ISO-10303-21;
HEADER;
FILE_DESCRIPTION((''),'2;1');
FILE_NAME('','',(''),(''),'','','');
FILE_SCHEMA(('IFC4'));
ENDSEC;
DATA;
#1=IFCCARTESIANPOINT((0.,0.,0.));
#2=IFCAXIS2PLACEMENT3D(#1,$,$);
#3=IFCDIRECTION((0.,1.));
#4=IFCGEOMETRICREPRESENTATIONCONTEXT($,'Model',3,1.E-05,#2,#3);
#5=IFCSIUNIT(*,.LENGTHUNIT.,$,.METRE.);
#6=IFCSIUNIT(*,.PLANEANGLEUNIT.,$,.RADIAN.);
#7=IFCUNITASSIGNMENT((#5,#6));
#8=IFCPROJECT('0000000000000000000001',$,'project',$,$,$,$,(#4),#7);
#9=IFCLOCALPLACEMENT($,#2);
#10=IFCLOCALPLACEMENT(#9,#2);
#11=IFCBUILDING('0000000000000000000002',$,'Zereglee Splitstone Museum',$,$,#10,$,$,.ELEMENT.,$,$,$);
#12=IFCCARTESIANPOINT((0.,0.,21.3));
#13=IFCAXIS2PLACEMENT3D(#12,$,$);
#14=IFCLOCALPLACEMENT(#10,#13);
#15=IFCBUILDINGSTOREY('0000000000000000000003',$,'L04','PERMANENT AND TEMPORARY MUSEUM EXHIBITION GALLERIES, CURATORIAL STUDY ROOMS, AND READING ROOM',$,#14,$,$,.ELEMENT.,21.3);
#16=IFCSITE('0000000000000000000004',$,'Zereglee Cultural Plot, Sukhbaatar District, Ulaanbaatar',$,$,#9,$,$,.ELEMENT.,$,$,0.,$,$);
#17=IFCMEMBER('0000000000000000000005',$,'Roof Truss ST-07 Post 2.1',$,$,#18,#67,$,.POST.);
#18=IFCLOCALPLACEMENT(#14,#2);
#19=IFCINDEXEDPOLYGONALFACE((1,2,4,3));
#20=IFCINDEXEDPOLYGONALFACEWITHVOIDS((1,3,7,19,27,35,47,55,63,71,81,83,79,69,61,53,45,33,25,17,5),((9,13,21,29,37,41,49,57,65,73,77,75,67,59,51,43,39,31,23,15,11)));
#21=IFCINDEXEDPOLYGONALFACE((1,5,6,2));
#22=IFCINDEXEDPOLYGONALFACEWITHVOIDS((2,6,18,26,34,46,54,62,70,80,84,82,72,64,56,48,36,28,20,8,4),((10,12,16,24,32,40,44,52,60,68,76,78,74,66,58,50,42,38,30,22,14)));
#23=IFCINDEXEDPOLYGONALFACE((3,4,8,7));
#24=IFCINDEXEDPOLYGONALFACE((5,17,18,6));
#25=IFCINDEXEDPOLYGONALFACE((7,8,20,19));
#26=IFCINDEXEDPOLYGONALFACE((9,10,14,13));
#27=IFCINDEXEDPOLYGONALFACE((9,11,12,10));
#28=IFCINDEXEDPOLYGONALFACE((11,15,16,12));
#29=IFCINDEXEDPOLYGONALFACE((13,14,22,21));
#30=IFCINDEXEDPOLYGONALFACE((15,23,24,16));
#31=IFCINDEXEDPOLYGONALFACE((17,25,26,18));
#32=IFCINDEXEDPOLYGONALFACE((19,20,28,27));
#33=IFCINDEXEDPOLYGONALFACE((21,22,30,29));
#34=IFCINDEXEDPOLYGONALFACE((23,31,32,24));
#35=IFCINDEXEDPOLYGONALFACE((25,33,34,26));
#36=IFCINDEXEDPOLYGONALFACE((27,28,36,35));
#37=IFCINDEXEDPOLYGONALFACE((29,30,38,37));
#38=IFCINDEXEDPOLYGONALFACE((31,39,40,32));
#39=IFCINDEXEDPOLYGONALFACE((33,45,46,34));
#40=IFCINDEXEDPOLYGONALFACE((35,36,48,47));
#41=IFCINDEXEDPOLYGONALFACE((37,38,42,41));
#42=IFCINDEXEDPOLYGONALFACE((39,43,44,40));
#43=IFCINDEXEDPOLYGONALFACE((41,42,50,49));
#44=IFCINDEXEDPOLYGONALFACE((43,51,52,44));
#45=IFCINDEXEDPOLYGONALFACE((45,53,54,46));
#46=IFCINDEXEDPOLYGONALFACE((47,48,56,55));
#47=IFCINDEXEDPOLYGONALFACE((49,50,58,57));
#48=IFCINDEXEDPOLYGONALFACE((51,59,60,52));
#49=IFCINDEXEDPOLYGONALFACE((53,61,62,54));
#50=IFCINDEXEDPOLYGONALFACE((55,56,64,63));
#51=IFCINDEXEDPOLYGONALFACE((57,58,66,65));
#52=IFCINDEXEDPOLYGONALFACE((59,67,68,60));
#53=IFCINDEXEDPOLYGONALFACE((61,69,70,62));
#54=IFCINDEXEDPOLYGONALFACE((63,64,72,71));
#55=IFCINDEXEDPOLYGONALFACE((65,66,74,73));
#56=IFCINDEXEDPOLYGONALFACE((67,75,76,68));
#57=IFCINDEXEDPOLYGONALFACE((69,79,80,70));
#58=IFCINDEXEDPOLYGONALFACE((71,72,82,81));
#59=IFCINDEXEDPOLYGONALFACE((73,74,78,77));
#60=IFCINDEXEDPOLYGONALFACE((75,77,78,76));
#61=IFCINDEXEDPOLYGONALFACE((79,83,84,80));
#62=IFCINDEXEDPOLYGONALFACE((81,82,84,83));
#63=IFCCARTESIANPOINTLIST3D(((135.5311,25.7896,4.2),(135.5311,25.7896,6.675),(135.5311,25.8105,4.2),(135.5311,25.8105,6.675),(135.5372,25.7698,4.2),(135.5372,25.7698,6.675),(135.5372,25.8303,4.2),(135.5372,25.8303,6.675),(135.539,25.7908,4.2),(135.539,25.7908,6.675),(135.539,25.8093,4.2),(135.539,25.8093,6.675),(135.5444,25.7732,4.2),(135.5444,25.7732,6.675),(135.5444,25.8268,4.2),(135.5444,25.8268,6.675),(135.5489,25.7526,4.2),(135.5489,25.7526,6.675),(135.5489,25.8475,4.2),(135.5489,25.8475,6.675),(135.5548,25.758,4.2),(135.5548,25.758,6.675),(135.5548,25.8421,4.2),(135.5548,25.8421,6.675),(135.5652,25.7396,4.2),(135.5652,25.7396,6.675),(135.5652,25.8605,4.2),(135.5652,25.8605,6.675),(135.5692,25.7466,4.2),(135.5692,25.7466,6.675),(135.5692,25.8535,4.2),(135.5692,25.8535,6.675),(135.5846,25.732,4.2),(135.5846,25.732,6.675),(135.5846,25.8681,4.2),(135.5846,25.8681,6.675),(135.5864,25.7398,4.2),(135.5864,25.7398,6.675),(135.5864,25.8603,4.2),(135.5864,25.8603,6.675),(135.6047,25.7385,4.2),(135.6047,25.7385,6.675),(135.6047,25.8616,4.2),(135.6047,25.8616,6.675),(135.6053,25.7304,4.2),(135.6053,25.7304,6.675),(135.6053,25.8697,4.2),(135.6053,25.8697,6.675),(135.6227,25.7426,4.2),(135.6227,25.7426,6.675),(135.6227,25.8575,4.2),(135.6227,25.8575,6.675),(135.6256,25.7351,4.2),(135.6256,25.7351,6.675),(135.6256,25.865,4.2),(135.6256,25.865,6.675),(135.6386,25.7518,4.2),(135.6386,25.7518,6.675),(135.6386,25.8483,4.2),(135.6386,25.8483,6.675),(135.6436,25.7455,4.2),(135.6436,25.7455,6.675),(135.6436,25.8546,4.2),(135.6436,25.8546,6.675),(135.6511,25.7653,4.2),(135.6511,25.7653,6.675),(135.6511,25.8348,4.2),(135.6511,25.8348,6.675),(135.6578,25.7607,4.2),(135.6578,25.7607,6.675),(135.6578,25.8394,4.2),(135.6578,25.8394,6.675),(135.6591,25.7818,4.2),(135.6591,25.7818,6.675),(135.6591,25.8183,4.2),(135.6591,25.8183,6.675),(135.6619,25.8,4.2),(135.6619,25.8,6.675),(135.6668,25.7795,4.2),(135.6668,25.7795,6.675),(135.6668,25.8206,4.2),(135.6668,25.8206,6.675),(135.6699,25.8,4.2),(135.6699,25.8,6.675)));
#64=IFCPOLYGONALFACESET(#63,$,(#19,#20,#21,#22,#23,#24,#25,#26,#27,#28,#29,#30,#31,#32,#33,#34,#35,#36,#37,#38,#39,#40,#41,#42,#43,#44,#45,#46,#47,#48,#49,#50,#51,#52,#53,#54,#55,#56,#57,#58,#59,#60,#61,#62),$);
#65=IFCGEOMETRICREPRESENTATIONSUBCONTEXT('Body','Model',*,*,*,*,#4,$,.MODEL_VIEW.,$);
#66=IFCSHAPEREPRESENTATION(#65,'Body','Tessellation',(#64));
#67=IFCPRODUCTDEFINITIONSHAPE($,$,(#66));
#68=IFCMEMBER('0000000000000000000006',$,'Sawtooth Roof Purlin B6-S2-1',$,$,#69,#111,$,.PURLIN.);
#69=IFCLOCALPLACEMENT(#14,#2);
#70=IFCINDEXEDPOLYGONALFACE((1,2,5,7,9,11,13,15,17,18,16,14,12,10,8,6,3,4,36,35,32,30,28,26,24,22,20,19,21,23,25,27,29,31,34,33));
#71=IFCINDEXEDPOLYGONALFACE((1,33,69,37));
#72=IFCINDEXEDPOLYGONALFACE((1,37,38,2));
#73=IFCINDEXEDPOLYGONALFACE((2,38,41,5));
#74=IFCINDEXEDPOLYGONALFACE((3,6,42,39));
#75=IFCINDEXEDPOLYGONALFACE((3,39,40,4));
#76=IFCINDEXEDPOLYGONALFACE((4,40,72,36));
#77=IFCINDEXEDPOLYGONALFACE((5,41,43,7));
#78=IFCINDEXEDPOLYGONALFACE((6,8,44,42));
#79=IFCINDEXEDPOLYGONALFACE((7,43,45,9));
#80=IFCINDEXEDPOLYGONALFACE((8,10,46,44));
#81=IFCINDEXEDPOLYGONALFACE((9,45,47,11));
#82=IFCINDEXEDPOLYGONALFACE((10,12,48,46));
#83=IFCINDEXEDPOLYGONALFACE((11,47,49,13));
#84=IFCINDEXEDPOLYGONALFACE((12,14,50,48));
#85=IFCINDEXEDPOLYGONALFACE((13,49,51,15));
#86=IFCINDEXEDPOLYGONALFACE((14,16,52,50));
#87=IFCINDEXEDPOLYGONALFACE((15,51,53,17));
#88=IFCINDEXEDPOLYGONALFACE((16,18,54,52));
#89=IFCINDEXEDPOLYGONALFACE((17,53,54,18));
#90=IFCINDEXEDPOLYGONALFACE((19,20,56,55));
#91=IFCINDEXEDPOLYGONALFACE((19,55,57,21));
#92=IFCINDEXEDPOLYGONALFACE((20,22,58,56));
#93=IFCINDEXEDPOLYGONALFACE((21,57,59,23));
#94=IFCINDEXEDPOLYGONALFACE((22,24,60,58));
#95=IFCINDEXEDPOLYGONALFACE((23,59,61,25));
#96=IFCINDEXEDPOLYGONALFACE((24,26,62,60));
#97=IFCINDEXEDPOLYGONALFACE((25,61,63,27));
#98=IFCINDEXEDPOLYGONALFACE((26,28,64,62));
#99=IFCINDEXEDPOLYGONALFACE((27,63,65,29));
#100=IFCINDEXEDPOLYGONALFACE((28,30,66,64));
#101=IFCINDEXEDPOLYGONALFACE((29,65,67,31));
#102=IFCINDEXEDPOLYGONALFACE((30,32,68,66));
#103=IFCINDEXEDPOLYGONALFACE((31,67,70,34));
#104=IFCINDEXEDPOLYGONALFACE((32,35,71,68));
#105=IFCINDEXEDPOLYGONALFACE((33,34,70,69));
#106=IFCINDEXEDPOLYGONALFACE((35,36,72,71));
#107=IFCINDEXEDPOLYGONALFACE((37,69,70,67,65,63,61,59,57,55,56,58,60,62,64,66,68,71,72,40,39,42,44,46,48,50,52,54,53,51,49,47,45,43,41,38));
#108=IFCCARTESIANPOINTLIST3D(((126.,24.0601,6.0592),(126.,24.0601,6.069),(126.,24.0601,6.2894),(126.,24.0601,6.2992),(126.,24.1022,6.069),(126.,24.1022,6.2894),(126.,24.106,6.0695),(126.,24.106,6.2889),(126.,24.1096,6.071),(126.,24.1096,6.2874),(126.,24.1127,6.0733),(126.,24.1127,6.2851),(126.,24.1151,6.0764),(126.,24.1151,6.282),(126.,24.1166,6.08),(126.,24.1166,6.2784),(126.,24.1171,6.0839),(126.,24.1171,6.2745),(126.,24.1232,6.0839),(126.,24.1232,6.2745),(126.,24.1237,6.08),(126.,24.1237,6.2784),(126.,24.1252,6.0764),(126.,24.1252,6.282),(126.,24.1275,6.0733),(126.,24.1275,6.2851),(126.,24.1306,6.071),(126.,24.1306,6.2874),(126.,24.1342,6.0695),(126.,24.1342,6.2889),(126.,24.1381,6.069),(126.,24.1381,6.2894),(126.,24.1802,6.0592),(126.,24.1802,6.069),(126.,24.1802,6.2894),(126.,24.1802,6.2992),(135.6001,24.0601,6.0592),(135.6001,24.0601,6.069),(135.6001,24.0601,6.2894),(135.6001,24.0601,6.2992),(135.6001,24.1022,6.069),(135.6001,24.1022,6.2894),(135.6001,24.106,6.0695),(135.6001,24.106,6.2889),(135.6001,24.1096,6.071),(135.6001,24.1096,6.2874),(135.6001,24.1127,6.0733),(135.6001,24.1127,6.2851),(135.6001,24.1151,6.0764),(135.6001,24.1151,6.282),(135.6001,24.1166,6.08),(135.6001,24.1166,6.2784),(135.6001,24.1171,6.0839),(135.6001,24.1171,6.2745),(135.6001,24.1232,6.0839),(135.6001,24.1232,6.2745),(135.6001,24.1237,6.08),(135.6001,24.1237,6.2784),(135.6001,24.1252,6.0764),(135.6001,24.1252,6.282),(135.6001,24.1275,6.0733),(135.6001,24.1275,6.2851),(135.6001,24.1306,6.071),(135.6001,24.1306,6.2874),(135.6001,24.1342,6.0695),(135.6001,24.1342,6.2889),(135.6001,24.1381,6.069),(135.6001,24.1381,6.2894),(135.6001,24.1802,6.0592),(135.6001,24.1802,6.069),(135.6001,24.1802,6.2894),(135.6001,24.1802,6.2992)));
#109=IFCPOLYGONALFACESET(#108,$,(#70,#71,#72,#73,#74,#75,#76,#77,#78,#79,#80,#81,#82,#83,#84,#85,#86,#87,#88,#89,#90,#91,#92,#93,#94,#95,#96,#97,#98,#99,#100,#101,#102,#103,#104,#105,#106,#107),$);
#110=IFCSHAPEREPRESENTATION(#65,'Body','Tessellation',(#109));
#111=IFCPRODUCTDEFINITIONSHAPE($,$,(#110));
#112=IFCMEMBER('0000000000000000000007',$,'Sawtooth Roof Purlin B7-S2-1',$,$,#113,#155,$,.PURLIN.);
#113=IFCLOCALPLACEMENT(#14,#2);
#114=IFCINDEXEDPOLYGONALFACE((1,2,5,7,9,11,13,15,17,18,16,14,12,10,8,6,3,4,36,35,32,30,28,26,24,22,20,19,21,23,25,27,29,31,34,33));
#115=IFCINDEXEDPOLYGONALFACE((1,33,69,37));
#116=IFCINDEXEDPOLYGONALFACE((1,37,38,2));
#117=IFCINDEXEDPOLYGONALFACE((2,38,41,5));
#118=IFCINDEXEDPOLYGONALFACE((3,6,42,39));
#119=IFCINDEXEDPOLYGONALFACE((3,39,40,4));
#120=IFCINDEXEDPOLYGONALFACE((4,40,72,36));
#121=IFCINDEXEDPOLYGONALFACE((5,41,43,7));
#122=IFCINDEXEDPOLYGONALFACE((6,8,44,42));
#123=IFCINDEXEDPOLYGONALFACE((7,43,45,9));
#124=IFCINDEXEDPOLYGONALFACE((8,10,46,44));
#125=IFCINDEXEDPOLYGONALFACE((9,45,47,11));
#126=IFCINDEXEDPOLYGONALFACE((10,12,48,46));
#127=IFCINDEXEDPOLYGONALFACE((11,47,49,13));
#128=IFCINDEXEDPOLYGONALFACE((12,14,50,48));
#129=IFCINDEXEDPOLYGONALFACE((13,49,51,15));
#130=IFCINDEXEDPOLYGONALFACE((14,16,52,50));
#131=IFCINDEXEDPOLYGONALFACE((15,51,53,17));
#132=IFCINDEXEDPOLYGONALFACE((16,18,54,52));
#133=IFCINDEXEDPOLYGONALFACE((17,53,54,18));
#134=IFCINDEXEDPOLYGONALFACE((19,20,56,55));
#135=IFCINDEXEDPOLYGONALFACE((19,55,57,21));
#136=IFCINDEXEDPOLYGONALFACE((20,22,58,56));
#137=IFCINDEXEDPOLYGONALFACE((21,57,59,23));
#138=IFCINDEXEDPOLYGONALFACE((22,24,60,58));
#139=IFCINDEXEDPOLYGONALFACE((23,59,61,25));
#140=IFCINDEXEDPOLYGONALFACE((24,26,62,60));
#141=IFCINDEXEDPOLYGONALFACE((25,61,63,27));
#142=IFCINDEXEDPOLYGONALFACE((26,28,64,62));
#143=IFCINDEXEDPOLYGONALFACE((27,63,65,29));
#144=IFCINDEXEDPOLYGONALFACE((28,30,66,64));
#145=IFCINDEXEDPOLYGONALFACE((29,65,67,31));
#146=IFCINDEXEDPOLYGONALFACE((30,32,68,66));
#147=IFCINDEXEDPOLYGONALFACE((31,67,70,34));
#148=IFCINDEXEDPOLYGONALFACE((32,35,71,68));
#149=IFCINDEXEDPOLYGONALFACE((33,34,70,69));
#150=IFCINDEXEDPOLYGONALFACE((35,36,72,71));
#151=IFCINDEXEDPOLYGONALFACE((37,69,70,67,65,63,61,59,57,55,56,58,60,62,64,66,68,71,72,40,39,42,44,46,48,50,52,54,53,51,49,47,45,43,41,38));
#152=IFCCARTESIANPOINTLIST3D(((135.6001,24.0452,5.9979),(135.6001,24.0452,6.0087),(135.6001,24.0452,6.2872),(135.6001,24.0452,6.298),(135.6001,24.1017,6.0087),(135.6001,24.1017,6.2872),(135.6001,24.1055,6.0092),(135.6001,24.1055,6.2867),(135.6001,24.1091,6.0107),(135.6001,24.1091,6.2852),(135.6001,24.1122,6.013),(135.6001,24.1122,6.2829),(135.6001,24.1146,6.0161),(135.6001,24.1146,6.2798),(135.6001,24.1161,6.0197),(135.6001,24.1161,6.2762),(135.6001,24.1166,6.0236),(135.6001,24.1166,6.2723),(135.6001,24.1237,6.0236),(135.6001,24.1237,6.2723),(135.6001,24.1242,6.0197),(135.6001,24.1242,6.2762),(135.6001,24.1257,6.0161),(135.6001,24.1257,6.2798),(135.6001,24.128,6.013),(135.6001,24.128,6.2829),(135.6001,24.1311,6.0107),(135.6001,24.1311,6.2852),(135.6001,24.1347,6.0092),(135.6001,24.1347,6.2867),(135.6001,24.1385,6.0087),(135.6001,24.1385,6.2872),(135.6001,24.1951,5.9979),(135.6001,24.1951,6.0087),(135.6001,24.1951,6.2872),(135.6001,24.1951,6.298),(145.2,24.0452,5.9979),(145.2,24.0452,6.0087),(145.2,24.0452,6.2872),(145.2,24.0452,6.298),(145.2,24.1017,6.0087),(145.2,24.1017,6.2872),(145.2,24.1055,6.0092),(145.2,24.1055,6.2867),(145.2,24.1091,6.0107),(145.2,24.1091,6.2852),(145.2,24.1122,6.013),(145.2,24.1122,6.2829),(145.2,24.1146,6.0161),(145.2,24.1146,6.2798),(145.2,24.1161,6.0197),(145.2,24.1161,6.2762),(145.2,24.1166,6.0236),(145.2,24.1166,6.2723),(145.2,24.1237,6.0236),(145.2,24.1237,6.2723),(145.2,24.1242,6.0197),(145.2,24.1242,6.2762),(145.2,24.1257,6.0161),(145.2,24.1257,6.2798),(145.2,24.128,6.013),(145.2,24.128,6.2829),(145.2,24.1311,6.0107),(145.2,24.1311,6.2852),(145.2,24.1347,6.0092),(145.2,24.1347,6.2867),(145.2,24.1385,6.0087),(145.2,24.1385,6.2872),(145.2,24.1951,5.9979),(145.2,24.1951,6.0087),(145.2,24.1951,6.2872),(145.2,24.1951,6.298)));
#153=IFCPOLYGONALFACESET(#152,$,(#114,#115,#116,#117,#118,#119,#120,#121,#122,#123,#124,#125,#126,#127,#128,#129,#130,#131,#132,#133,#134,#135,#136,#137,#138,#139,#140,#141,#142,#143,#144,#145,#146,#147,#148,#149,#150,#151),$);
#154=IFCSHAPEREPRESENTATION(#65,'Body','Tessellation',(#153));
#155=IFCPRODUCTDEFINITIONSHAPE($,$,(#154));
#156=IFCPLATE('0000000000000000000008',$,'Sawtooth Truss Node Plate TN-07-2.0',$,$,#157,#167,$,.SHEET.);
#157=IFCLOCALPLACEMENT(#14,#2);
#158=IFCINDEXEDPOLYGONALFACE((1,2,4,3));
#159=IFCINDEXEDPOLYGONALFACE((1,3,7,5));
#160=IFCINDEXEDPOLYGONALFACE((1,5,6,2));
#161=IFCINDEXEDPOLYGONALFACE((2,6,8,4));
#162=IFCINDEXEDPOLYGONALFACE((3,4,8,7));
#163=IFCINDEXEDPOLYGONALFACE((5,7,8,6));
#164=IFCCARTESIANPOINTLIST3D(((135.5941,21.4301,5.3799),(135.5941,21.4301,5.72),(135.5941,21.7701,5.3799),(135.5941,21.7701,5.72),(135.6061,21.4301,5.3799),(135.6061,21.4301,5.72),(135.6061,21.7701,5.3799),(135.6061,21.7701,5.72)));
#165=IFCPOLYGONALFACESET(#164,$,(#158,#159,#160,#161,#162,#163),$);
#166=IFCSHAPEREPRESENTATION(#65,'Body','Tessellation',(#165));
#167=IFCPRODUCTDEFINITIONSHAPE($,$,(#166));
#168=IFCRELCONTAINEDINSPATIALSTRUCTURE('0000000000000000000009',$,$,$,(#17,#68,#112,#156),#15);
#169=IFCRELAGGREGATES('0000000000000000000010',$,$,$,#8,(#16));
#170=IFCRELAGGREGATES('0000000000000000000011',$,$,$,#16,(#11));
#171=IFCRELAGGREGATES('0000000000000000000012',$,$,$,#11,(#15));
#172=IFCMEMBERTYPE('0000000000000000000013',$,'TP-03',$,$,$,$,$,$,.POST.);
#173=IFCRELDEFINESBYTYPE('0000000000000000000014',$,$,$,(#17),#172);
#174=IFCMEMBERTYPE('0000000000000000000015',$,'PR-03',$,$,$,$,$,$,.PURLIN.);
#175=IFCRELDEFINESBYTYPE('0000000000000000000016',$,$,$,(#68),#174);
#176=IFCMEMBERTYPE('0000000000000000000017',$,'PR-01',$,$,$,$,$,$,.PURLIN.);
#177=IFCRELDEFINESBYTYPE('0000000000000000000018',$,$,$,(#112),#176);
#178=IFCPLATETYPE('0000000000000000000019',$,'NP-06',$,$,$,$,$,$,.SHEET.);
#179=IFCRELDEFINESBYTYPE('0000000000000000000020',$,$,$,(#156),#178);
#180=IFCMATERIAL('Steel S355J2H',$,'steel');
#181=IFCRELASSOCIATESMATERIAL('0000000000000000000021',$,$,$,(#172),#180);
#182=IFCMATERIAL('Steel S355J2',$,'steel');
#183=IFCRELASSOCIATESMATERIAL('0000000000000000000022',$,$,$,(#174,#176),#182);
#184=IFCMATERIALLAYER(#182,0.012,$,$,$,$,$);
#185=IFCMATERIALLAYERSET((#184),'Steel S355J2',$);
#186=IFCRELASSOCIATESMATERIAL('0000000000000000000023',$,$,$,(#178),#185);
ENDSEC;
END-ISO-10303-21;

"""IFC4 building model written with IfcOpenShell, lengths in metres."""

from ifc_helpers import new_model, si_unit, direction, frame, origin, origin_2d, place, context, subcontext, project, spatial, rectangle, hollow_circle, i_section, extrude, material, layer, layer_set, material_profile, profile_set, type_object, element, save


model = new_model("IFC4")

# Units and contexts
model_context = context("Model", 3, precision=1e-05, world=origin(), true_north=direction((0.0, 1.0)))
body_context = subcontext(model_context, "Body", "Model", "MODEL_VIEW")
ifc_project = project(units=[si_unit("LENGTHUNIT", "METRE"), si_unit("PLANEANGLEUNIT", "RADIAN")], contexts=[model_context])

# Site, building, storey
site_placement = place(None, origin())
site = spatial("IfcSite", under=ifc_project, at=site_placement, Name="Zereglee Cultural Plot, Sukhbaatar District, Ulaanbaatar", CompositionType="ELEMENT", RefElevation=0.0)
building_placement = place(site_placement, origin())
building = spatial("IfcBuilding", under=site, at=building_placement, Name="Zereglee Splitstone Museum", CompositionType="ELEMENT")
storey_placement = place(building_placement, frame((0.0, 0.0, 21.3)))
storey = spatial("IfcBuildingStorey", under=building, at=storey_placement, Name="L04", Description="PERMANENT AND TEMPORARY MUSEUM EXHIBITION GALLERIES, CURATORIAL STUDY ROOMS, AND READING ROOM", CompositionType="ELEMENT", Elevation=21.3)

# Shared definitions
ifc_material_1 = material(Name="Steel S355J2H", Category="steel")

# Shared definitions
ifc_material_2 = material(Name="Steel S355J2", Category="steel")

# Members
ifc_material_profile_1 = material_profile(ifc_material_1, hollow_circle(Radius=0.0698, WallThickness=0.0081, at=origin_2d()), Name="CHS 139.7x8")
ifc_profile_set_1 = profile_set([ifc_material_profile_1], Name="Steel S355J2H")
member_type_1 = type_object("IfcMemberType", Name="TP-03", PredefinedType="POST", material=ifc_profile_set_1)
member_1_placement = place(storey_placement, frame((135.6001, 25.8, 4.2), z_axis=(0.0, 0.0, 1.0), x_axis=(1.0, 0.0, 0.0)))
element("IfcMember", 1, at=member_1_placement, inside=storey, type_object=member_type_1, Name="Roof Truss ST-07 Post 2.1", PredefinedType="POST", context=body_context, shape_type="SweptSolid", body=[
    extrude(hollow_circle(Radius=0.0698, WallThickness=0.0081, at=origin_2d()), origin(), (0.0, 0.0, 1.0), 2.4751),
])
ifc_material_profile_2 = material_profile(ifc_material_2, i_section(OverallWidth=0.1201, OverallDepth=0.24, WebThickness=0.0061, FlangeThickness=0.0098, FilletRadius=0.0149, at=origin_2d()), Name="IPE 240")
ifc_profile_set_2 = profile_set([ifc_material_profile_2], Name="Steel S355J2")
member_type_2 = type_object("IfcMemberType", Name="PR-03", PredefinedType="PURLIN", material=ifc_profile_set_2)
member_2_placement = place(storey_placement, frame((126.0, 24.1201, 6.1792), z_axis=(1.0, 0.0, 0.0), x_axis=(0.0, 1.0, 0.0)))
element("IfcMember", 2, at=member_2_placement, inside=storey, type_object=member_type_2, Name="Sawtooth Roof Purlin B6-S2-1", PredefinedType="PURLIN", context=body_context, shape_type="SweptSolid", body=[
    extrude(i_section(OverallWidth=0.1201, OverallDepth=0.24, WebThickness=0.0061, FlangeThickness=0.0098, FilletRadius=0.0149, at=origin_2d()), origin(), (0.0, 0.0, 1.0), 9.6001),
])
ifc_material_profile_3 = material_profile(ifc_material_2, i_section(OverallWidth=0.1499, OverallDepth=0.3, WebThickness=0.0071, FlangeThickness=0.0107, FilletRadius=0.0149, at=origin_2d()), Name="IPE 300")
ifc_profile_set_3 = profile_set([ifc_material_profile_3], Name="Steel S355J2")
member_type_3 = type_object("IfcMemberType", Name="PR-01", PredefinedType="PURLIN", material=ifc_profile_set_3)
member_3_placement = place(storey_placement, frame((135.6001, 24.1201, 6.1479), z_axis=(1.0, 0.0, 0.0), x_axis=(0.0, 1.0, 0.0)))
element("IfcMember", 3, at=member_3_placement, inside=storey, type_object=member_type_3, Name="Sawtooth Roof Purlin B7-S2-1", PredefinedType="PURLIN", context=body_context, shape_type="SweptSolid", body=[
    extrude(i_section(OverallWidth=0.1499, OverallDepth=0.3, WebThickness=0.0071, FlangeThickness=0.0107, FilletRadius=0.0149, at=origin_2d()), origin(), (0.0, 0.0, 1.0), 9.5999),
])

# Plate
ifc_layer_1 = layer(ifc_material_2, 0.012)
ifc_layer_set_1 = layer_set([ifc_layer_1], Name="Steel S355J2")
plate_type = type_object("IfcPlateType", Name="NP-06", PredefinedType="SHEET", material=ifc_layer_set_1)
plate_placement = place(storey_placement, frame((135.6001, 21.6001, 5.3799), z_axis=(0.0, 0.0, 1.0), x_axis=(1.0, 0.0, 0.0)))
element("IfcPlate", 4, at=plate_placement, inside=storey, type_object=plate_type, Name="Sawtooth Truss Node Plate TN-07-2.0", PredefinedType="SHEET", context=body_context, shape_type="SweptSolid", body=[
    extrude(rectangle(XDim=0.012, YDim=0.3401, at=origin_2d()), origin(), (0.0, 0.0, 1.0), 0.3401),
])

save(model, "model.ifc")
